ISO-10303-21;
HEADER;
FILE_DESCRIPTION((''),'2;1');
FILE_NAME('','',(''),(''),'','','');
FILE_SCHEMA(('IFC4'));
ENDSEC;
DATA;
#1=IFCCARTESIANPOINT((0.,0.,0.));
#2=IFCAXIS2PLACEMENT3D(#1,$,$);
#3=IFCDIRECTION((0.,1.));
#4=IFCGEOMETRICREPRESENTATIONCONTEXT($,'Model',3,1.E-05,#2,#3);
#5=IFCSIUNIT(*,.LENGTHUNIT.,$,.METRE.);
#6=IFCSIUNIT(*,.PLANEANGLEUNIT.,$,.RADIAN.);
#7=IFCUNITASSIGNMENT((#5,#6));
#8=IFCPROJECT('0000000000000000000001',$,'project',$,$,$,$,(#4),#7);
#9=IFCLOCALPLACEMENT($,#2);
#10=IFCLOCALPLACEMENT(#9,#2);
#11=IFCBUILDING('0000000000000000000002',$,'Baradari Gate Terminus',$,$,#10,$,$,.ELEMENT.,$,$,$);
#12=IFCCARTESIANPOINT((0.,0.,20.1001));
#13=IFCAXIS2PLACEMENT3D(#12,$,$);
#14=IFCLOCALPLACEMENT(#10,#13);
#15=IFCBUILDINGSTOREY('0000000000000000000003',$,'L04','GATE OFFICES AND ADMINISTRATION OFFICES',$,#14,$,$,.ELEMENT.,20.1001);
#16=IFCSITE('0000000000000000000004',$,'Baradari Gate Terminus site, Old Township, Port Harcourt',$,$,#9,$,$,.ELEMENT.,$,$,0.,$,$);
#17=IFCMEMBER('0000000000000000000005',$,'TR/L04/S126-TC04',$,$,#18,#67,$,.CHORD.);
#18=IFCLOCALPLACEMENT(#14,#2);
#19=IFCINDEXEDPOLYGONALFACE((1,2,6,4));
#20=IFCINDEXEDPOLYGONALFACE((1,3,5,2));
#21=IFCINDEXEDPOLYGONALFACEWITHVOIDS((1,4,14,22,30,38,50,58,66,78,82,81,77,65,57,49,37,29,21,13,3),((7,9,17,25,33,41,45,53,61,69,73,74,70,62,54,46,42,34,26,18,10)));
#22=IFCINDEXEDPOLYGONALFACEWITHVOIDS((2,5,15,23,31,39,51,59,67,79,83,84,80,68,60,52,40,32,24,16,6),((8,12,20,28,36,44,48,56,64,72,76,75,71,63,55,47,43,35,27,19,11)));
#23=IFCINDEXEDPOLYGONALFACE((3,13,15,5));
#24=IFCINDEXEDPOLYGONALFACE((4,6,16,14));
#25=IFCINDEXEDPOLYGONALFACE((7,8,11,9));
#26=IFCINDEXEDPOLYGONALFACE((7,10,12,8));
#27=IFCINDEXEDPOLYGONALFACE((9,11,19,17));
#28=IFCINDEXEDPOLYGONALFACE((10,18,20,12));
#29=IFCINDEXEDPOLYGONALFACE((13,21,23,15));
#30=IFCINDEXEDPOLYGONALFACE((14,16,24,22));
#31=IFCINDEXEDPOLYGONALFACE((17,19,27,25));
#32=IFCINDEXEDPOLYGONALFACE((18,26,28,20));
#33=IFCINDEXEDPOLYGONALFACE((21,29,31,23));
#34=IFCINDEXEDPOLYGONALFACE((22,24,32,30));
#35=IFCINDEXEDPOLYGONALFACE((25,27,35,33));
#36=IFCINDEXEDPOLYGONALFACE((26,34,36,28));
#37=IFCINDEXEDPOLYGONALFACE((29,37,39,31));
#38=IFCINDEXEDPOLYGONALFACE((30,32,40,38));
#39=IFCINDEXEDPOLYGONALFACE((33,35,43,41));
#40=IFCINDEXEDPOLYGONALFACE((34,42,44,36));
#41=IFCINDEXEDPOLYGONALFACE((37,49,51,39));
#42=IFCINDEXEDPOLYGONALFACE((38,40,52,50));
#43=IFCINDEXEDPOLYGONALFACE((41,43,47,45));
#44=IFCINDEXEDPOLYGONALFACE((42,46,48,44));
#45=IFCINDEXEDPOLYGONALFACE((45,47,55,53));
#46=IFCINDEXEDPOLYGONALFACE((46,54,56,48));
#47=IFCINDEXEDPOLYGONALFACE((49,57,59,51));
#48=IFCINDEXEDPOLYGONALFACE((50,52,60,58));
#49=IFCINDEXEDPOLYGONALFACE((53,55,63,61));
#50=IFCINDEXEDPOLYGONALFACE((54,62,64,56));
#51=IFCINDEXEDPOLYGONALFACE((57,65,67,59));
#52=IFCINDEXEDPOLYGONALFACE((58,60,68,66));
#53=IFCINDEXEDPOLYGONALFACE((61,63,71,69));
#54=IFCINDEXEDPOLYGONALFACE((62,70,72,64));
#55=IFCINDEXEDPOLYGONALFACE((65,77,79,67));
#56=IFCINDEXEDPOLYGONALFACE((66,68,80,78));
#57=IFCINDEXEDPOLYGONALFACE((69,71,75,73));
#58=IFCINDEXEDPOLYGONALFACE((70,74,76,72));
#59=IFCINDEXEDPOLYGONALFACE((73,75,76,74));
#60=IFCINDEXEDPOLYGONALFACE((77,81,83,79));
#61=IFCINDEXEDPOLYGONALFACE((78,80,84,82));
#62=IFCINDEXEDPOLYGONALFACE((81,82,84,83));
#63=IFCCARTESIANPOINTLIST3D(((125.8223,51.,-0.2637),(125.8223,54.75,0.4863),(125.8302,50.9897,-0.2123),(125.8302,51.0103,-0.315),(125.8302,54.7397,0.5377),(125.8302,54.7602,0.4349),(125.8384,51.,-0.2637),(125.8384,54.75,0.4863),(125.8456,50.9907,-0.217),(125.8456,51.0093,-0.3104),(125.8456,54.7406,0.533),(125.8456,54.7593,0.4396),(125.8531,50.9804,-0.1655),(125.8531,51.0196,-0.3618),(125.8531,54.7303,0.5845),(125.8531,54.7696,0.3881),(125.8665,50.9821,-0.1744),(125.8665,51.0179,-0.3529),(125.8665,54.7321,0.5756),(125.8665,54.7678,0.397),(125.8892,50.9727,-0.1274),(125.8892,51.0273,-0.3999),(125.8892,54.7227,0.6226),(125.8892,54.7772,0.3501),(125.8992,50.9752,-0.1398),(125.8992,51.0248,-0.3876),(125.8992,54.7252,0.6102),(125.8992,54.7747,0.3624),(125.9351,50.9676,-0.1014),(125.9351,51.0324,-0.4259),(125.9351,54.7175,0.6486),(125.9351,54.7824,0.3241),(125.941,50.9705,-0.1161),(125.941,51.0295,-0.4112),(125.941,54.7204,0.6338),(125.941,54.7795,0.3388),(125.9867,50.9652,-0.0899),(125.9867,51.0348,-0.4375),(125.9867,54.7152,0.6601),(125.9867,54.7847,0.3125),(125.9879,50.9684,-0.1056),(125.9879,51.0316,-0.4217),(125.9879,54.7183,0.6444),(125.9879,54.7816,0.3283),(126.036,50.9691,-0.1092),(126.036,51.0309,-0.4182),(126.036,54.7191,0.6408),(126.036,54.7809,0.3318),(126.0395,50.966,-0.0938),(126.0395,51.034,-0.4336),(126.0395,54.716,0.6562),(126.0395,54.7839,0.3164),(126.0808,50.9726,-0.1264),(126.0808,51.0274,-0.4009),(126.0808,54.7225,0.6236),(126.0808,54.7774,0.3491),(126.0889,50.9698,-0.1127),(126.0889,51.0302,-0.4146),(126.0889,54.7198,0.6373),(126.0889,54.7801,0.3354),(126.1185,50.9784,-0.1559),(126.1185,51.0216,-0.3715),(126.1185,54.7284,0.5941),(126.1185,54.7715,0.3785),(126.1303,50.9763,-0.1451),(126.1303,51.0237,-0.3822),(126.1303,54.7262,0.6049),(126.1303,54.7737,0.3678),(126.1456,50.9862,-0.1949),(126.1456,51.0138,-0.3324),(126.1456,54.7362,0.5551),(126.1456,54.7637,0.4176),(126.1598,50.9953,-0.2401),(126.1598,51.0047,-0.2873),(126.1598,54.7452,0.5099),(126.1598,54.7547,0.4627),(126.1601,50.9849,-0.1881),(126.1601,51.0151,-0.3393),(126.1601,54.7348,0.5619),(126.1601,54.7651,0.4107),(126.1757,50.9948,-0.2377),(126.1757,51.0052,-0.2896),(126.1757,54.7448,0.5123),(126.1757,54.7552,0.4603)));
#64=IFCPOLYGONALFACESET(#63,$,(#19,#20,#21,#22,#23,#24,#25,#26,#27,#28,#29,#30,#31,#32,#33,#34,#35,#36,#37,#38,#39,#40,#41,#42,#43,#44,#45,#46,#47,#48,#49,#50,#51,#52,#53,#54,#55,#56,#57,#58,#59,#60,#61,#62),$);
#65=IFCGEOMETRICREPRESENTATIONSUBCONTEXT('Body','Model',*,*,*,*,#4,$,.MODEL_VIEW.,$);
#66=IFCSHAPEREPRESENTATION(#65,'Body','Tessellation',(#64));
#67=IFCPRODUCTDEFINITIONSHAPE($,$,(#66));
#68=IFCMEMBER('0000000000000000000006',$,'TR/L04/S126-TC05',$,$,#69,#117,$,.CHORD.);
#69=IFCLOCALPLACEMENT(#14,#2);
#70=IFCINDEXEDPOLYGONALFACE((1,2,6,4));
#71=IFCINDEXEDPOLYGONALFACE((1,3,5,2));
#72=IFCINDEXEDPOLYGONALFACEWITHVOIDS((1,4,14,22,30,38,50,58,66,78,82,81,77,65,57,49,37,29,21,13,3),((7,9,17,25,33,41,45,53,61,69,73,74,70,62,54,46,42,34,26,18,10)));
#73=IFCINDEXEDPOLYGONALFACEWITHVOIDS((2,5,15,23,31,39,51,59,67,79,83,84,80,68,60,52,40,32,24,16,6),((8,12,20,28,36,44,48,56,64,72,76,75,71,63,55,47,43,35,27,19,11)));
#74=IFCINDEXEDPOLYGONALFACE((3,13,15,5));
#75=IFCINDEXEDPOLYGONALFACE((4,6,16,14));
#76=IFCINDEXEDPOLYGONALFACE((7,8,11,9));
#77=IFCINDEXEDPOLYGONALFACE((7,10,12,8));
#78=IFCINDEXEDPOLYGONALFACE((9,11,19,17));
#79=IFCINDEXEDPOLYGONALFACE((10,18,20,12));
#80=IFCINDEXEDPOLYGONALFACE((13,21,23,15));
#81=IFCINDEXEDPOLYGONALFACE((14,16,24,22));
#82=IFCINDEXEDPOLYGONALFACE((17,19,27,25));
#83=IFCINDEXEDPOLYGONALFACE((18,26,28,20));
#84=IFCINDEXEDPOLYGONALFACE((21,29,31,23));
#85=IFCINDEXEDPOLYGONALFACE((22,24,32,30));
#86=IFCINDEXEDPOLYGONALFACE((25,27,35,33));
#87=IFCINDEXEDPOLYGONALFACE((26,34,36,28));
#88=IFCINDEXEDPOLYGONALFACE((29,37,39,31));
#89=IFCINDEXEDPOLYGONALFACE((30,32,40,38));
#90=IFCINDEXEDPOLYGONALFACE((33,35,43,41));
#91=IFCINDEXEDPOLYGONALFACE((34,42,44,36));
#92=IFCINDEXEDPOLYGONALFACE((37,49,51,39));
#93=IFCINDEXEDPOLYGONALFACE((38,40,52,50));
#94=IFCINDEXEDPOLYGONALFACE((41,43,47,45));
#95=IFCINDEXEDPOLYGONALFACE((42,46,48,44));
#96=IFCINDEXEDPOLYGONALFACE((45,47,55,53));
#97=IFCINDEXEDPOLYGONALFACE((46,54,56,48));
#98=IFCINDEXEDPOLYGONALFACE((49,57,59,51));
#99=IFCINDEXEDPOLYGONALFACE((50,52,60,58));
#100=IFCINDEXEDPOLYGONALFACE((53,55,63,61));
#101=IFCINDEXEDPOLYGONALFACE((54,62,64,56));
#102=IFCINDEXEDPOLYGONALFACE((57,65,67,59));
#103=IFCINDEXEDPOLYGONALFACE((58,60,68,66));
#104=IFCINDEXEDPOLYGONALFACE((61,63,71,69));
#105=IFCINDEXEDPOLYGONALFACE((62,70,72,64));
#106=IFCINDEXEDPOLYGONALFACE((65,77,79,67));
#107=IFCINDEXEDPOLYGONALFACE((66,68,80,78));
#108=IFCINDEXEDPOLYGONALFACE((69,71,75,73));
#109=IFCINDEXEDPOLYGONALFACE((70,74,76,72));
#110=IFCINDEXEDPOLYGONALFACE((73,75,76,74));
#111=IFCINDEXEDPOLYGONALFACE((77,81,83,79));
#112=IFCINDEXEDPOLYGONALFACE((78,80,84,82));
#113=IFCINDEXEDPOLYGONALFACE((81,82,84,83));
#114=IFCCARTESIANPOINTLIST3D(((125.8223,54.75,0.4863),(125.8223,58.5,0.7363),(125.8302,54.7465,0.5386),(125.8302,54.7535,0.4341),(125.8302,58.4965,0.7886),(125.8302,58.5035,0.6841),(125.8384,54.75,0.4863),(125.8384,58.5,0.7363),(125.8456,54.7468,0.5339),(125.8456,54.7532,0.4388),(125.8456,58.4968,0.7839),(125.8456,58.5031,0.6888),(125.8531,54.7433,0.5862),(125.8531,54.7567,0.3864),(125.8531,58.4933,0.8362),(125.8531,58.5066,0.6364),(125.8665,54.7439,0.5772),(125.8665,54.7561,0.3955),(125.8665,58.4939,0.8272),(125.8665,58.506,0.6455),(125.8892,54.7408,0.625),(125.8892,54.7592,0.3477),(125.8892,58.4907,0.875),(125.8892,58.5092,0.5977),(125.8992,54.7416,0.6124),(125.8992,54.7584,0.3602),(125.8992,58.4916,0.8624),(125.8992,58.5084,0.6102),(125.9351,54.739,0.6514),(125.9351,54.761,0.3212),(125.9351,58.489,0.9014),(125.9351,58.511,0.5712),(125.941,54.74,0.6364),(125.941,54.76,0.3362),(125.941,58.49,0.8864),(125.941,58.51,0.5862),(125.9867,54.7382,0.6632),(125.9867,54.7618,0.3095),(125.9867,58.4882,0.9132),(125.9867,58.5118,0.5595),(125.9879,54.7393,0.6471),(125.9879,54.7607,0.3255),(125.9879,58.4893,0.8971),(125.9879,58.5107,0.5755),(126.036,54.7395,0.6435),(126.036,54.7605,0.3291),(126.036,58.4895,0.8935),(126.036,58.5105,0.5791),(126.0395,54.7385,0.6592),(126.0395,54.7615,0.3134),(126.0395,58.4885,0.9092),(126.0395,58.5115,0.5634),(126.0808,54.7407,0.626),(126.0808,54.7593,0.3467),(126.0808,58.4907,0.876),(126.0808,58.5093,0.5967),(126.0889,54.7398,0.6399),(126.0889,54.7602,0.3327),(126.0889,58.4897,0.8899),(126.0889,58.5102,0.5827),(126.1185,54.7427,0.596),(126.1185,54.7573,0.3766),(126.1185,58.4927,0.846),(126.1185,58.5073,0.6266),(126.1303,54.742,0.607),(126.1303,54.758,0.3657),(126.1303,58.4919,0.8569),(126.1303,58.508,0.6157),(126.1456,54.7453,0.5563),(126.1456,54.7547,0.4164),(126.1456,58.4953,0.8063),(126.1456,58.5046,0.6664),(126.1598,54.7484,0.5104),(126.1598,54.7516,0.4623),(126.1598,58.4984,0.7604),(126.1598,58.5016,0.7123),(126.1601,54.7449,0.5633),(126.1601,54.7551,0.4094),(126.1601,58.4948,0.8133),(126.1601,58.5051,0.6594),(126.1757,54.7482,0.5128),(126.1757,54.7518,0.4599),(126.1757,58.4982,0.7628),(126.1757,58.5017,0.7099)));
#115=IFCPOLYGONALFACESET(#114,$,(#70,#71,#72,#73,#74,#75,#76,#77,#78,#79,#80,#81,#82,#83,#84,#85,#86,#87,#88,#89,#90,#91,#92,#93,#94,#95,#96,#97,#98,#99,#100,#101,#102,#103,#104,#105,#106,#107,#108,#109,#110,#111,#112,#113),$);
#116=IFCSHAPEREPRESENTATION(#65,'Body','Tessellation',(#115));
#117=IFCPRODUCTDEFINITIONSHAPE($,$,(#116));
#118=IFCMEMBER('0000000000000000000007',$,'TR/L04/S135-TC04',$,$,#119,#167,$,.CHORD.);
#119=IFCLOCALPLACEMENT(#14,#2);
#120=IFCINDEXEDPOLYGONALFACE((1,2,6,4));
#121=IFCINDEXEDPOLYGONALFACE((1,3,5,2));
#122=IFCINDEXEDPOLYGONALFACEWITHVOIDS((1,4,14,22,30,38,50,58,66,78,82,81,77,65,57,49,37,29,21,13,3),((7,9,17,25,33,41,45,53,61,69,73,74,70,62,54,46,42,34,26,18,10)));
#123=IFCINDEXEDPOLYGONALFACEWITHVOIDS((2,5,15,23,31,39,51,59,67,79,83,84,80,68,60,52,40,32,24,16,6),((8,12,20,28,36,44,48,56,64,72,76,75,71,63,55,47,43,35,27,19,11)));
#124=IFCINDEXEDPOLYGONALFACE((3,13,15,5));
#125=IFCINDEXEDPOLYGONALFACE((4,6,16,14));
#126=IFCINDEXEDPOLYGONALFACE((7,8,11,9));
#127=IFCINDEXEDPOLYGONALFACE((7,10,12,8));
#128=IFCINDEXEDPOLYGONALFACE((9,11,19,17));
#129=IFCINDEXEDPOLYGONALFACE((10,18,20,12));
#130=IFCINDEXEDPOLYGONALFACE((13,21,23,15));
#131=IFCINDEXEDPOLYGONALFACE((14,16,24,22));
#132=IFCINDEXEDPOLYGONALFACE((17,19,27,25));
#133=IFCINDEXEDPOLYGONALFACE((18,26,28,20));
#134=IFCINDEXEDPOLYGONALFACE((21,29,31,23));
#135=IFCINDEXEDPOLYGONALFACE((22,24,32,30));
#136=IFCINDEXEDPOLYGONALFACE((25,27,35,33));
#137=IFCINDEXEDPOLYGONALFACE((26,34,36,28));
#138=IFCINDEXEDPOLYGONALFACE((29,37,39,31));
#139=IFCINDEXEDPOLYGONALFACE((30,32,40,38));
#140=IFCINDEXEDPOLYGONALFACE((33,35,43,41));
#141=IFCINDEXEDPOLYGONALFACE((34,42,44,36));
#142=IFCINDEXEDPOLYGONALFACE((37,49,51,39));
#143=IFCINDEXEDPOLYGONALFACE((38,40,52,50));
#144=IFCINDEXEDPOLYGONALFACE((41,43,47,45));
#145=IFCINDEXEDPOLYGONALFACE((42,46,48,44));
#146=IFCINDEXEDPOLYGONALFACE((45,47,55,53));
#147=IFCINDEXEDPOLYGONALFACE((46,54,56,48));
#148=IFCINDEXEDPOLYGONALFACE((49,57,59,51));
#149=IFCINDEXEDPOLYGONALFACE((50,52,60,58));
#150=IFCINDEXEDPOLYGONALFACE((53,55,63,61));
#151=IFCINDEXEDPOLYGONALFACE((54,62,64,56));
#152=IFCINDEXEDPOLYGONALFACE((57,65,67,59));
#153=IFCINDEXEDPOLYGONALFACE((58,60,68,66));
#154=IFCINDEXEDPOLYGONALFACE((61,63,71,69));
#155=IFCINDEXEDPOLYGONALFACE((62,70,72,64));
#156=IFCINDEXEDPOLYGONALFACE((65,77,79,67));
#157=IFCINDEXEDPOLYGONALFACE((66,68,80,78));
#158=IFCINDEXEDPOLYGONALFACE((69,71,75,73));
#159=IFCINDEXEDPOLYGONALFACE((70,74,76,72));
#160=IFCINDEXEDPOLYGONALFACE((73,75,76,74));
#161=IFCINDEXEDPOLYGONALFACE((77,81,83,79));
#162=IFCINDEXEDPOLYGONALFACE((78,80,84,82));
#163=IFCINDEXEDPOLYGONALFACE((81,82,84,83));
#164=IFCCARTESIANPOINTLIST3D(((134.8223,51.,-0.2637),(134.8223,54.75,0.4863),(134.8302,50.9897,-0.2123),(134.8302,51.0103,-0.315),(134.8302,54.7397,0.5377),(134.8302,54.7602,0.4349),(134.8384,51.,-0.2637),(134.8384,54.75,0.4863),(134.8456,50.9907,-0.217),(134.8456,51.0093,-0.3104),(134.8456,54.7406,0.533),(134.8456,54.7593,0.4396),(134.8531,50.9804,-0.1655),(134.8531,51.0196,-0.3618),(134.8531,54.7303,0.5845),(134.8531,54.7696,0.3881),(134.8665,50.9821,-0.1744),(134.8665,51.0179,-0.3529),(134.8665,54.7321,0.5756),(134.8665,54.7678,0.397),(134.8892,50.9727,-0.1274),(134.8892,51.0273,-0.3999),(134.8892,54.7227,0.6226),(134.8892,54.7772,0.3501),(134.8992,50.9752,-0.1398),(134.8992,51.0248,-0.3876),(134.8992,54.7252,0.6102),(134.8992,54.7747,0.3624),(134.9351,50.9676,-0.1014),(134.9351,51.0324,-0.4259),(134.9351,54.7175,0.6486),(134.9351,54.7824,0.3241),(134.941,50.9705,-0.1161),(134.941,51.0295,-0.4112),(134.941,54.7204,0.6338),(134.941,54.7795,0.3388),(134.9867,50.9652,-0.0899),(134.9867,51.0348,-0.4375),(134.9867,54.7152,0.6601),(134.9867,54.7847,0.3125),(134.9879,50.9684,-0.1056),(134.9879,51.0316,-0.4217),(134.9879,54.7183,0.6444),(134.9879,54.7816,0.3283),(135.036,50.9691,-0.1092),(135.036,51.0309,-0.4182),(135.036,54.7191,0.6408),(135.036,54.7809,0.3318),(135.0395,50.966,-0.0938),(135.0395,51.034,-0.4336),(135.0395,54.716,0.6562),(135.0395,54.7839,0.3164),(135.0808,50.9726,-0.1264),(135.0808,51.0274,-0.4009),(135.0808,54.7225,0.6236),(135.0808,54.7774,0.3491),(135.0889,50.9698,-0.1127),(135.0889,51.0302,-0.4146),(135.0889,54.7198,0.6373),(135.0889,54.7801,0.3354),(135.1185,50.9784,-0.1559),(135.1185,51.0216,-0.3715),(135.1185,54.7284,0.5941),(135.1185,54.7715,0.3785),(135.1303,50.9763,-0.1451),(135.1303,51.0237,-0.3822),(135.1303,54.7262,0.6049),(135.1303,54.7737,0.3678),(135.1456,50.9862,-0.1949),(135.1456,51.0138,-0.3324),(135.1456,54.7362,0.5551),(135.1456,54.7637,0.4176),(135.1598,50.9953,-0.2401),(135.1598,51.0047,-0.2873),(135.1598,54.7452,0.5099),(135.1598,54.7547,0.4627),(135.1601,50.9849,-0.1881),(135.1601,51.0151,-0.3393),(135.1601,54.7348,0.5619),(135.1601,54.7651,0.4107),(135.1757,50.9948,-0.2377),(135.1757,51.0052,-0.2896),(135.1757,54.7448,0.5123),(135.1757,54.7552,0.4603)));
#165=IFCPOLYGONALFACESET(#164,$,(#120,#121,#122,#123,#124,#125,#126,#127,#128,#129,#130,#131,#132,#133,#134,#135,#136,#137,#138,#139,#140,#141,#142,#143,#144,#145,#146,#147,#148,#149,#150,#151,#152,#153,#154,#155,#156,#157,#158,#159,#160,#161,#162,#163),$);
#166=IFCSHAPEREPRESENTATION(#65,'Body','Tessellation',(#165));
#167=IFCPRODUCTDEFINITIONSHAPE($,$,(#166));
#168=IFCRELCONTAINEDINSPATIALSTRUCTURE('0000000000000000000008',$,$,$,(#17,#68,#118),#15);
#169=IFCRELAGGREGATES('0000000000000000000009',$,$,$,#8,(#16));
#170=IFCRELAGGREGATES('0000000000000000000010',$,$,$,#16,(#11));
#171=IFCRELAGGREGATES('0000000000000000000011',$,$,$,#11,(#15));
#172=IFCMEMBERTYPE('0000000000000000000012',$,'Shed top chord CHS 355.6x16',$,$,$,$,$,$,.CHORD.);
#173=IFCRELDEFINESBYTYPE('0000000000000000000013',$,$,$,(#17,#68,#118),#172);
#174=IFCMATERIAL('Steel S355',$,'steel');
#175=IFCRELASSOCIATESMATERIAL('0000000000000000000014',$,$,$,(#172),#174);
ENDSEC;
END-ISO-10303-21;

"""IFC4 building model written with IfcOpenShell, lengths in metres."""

from ifc_helpers import new_model, si_unit, direction, frame, origin, origin_2d, place, context, subcontext, project, spatial, hollow_circle, extrude, material, material_profile, profile_set, type_object, element, save


model = new_model("IFC4")

# Units and contexts
model_context = context("Model", 3, precision=1e-05, world=origin(), true_north=direction((0.0, 1.0)))
body_context = subcontext(model_context, "Body", "Model", "MODEL_VIEW")
ifc_project = project(units=[si_unit("LENGTHUNIT", "METRE"), si_unit("PLANEANGLEUNIT", "RADIAN")], contexts=[model_context])

# Site, building, storey
site_placement = place(None, origin())
site = spatial("IfcSite", under=ifc_project, at=site_placement, Name="Baradari Gate Terminus site, Old Township, Port Harcourt", CompositionType="ELEMENT", RefElevation=0.0)
building_placement = place(site_placement, origin())
building = spatial("IfcBuilding", under=site, at=building_placement, Name="Baradari Gate Terminus", CompositionType="ELEMENT")
storey_placement = place(building_placement, frame((0.0, 0.0, 20.1001)))
storey = spatial("IfcBuildingStorey", under=building, at=storey_placement, Name="L04", Description="GATE OFFICES AND ADMINISTRATION OFFICES", CompositionType="ELEMENT", Elevation=20.1001)

# Members
ifc_material_1 = material(Name="Steel S355", Category="steel")
ifc_material_profile_1 = material_profile(ifc_material_1, hollow_circle(Radius=0.1777, WallThickness=0.0161, at=origin_2d()), Name="CHS 355.6x16")
ifc_profile_set_1 = profile_set([ifc_material_profile_1], Name="Steel S355")
member_type_1 = type_object("IfcMemberType", Name="Shed top chord CHS 355.6x16", PredefinedType="CHORD", material=ifc_profile_set_1)
member_1_placement = place(storey_placement, frame((126.0, 51.0, -0.2637), z_axis=(0.0, 0.980581, 0.196116), x_axis=(-1.0, 0.0, 0.0)))
element("IfcMember", 1, at=member_1_placement, inside=storey, type_object=member_type_1, Name="TR/L04/S126-TC04", PredefinedType="CHORD", context=body_context, shape_type="SweptSolid", body=[
    extrude(hollow_circle(Radius=0.1777, WallThickness=0.0161, at=origin_2d()), origin(), (0.0, 0.0, 1.0), 3.8242),
])
member_2_placement = place(storey_placement, frame((126.0, 54.75, 0.4863), z_axis=(0.0, 0.997785, 0.066519), x_axis=(-1.0, 0.0, 0.0)))
element("IfcMember", 2, at=member_2_placement, inside=storey, type_object=member_type_1, Name="TR/L04/S126-TC05", PredefinedType="CHORD", context=body_context, shape_type="SweptSolid", body=[
    extrude(hollow_circle(Radius=0.1777, WallThickness=0.0161, at=origin_2d()), origin(), (0.0, 0.0, 1.0), 3.7583),
])
member_3_placement = place(storey_placement, frame((135.0, 51.0, -0.2637), z_axis=(0.0, 0.980581, 0.196116), x_axis=(-1.0, 0.0, 0.0)))
element("IfcMember", 3, at=member_3_placement, inside=storey, type_object=member_type_1, Name="TR/L04/S135-TC04", PredefinedType="CHORD", context=body_context, shape_type="SweptSolid", body=[
    extrude(hollow_circle(Radius=0.1777, WallThickness=0.0161, at=origin_2d()), origin(), (0.0, 0.0, 1.0), 3.8242),
])

save(model, "model.ifc")
